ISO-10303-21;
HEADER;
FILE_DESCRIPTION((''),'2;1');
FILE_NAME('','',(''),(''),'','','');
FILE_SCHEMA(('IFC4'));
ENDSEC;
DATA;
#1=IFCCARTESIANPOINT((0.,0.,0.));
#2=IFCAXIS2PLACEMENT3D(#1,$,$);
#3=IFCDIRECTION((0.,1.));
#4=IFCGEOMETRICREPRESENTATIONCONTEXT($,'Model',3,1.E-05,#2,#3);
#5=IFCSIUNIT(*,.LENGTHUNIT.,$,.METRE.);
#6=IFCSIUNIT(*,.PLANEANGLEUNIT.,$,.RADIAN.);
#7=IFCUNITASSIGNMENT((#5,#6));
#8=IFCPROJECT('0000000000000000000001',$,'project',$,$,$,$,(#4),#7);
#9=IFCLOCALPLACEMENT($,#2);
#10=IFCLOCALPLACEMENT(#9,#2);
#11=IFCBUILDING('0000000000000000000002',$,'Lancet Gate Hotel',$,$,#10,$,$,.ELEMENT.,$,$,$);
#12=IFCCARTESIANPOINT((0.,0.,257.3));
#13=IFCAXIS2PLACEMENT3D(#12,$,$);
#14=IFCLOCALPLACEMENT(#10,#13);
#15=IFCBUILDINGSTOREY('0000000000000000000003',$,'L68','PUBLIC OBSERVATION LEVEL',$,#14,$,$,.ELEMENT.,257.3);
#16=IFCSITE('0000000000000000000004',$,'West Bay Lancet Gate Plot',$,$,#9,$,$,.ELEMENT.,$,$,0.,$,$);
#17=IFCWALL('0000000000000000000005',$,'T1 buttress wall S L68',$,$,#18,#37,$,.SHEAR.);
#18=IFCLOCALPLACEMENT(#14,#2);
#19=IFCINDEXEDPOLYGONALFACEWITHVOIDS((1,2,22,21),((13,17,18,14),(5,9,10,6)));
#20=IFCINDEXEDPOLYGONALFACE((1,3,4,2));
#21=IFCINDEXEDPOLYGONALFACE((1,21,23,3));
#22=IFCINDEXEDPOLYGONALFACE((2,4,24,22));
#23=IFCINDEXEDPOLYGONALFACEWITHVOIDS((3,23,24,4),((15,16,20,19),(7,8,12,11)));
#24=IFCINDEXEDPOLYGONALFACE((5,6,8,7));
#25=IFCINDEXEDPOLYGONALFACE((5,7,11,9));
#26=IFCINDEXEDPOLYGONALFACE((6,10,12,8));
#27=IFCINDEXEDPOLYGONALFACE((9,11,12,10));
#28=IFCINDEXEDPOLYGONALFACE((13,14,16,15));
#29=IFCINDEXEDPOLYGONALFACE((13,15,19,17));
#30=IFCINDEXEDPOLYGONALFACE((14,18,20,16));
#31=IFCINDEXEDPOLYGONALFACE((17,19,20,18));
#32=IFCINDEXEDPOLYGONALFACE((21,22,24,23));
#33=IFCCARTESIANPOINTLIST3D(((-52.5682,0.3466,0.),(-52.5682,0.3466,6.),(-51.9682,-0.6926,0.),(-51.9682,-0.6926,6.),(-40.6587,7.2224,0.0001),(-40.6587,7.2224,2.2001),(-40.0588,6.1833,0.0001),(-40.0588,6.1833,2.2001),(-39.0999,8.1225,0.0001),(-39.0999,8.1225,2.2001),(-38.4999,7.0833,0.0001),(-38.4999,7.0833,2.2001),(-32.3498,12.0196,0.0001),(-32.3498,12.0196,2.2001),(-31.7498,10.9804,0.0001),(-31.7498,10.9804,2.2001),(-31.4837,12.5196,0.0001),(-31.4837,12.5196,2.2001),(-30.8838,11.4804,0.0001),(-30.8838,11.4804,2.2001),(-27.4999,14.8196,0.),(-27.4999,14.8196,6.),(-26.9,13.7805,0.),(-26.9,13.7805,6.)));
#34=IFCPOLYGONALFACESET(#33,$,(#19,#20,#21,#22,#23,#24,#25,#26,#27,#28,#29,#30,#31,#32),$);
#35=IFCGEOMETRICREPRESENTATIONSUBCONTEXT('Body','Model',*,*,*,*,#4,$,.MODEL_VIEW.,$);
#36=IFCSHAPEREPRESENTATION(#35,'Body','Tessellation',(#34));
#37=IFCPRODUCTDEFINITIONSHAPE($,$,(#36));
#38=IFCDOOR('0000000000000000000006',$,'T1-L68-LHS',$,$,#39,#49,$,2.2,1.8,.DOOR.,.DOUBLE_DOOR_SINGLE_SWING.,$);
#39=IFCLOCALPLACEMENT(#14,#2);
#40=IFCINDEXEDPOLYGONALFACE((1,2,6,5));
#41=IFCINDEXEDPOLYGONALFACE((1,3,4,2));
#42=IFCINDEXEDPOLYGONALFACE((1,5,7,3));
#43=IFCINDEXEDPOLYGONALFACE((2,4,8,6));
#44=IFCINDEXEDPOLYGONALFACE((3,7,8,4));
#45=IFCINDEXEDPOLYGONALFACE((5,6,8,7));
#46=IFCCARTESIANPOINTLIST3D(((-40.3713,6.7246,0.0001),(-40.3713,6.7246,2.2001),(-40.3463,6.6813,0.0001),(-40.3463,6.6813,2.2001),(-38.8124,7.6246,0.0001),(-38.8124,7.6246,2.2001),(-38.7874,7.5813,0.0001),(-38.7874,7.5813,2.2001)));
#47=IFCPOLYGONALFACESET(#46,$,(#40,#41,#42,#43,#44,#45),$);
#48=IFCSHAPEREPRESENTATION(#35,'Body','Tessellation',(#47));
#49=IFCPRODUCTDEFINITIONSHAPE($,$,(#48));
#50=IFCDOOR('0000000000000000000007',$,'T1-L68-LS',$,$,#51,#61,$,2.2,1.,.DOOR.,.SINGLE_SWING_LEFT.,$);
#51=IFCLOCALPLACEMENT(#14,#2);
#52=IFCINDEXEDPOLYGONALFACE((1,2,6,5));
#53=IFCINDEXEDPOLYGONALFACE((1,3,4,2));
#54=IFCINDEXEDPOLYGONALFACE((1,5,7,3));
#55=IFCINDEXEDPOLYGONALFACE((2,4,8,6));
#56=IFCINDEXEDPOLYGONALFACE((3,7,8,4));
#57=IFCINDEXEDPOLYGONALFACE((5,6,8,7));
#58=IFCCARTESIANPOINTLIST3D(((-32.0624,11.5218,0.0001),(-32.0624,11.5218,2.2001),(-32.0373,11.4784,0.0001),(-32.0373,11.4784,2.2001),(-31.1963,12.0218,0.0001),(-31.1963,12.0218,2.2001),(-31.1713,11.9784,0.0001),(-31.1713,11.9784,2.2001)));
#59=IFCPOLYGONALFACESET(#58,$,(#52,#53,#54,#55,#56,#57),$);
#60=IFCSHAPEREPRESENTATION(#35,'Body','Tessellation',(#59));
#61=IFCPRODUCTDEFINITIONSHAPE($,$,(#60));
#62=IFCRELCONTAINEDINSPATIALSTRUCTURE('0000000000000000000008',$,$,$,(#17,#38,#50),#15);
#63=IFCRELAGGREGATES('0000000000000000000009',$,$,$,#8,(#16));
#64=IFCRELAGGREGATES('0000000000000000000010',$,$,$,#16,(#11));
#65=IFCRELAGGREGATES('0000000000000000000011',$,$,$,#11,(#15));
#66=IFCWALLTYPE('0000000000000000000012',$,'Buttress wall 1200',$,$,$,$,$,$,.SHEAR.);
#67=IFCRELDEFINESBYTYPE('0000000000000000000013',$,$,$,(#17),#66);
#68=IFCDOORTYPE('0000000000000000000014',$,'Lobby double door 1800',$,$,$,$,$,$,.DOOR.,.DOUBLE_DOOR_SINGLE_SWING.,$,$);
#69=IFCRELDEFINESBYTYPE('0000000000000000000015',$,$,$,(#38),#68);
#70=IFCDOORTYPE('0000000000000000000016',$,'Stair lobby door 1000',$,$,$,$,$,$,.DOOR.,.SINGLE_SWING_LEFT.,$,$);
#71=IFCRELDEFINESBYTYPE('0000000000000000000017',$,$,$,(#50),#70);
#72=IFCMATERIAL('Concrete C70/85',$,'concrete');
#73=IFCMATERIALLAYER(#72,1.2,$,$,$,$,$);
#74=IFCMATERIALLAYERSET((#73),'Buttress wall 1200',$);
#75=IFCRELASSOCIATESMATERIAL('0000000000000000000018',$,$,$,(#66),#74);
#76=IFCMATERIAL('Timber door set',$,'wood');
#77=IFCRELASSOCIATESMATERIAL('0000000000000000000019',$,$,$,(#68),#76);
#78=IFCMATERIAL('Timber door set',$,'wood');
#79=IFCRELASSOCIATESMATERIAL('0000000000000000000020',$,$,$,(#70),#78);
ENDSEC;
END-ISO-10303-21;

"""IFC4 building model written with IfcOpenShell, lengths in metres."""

from ifc_helpers import new_model, si_unit, direction, frame, frame_2d, origin, place, context, subcontext, project, spatial, rectangle, extrude, material, layer, layer_set, type_object, element, fill, save


model = new_model("IFC4")

# Units and contexts
model_context = context("Model", 3, precision=1e-05, world=origin(), true_north=direction((0.0, 1.0)))
body_context = subcontext(model_context, "Body", "Model", "MODEL_VIEW")
ifc_project = project(units=[si_unit("LENGTHUNIT", "METRE"), si_unit("PLANEANGLEUNIT", "RADIAN")], contexts=[model_context])

# Site, building, storey
site_placement = place(None, origin())
site = spatial("IfcSite", under=ifc_project, at=site_placement, Name="West Bay Lancet Gate Plot", CompositionType="ELEMENT", RefElevation=0.0)
building_placement = place(site_placement, origin())
building = spatial("IfcBuilding", under=site, at=building_placement, Name="Lancet Gate Hotel", CompositionType="ELEMENT")
storey_placement = place(building_placement, frame((0.0, 0.0, 257.3)))
storey = spatial("IfcBuildingStorey", under=building, at=storey_placement, Name="L68", Description="PUBLIC OBSERVATION LEVEL", CompositionType="ELEMENT", Elevation=257.3)

# Wall, openings, doors
ifc_material_1 = material(Name="Concrete C70/85", Category="concrete")
ifc_layer_1 = layer(ifc_material_1, 1.2)
ifc_layer_set_1 = layer_set([ifc_layer_1], Name="Buttress wall 1200")
wall_type = type_object("IfcWallType", Name="Buttress wall 1200", PredefinedType="SHEAR", material=ifc_layer_set_1)
wall_placement = place(storey_placement, frame((-27.2, 14.3, 0.0), z_axis=(0.0, 0.0, 1.0), x_axis=(-0.866027, -0.499998, 0.0)))
wall = element("IfcWall", 1, at=wall_placement, inside=storey, type_object=wall_type, Name="T1 buttress wall S L68", PredefinedType="SHEAR", context=body_context, shape_type="SweptSolid", body=[
    extrude(rectangle(XDim=28.9463, YDim=1.2, at=frame_2d((14.4731, 0.0))), origin(), (0.0, 0.0, 1.0), 6.0),
])
opening_1_placement = place(wall_placement, frame((4.6001, 0.0, 0.0)))
opening_1 = element("IfcOpeningElement", 2, at=opening_1_placement, cuts=wall, PredefinedType="OPENING", context=body_context, shape_type="SweptSolid", body=[
    extrude(rectangle(XDim=1.0, YDim=2.2, at=frame_2d((0.5, 1.1001))), frame((0.0, 0.6099, 0.0), z_axis=(0.0, -1.0, 0.0), x_axis=(1.0, 0.0, 0.0)), (0.0, 0.0, 1.0), 1.22),
])
opening_2_placement = place(wall_placement, frame((13.3945, 0.0, 0.0)))
opening_2 = element("IfcOpeningElement", 3, at=opening_2_placement, cuts=wall, PredefinedType="OPENING", context=body_context, shape_type="SweptSolid", body=[
    extrude(rectangle(XDim=1.8, YDim=2.2, at=frame_2d((0.8999, 1.1001))), frame((0.0, 0.6099, 0.0), z_axis=(0.0, -1.0, 0.0), x_axis=(1.0, 0.0, 0.0)), (0.0, 0.0, 1.0), 1.22),
])
ifc_material_2 = material(Name="Timber door set", Category="wood")
door_type_1 = type_object("IfcDoorType", Name="Lobby double door 1800", OperationType="DOUBLE_DOOR_SINGLE_SWING", PredefinedType="DOOR", material=ifc_material_2)
door_1_placement = place(opening_2_placement, origin())
door_1 = element("IfcDoor", 4, at=door_1_placement, inside=storey, type_object=door_type_1, Name="T1-L68-LHS", OperationType="DOUBLE_DOOR_SINGLE_SWING", OverallHeight=2.2, OverallWidth=1.8, PredefinedType="DOOR", context=body_context, shape_type="SweptSolid", body=[
    extrude(rectangle(XDim=1.8, YDim=2.2, at=frame_2d((0.8999, 1.1001))), frame((0.0, 0.0249, 0.0), z_axis=(0.0, -1.0, 0.0), x_axis=(1.0, 0.0, 0.0)), (0.0, 0.0, 1.0), 0.05),
])
fill(opening_2, door_1)
ifc_material_3 = material(Name="Timber door set", Category="wood")
door_type_2 = type_object("IfcDoorType", Name="Stair lobby door 1000", OperationType="SINGLE_SWING_LEFT", PredefinedType="DOOR", material=ifc_material_3)
door_2_placement = place(opening_1_placement, origin())
door_2 = element("IfcDoor", 5, at=door_2_placement, inside=storey, type_object=door_type_2, Name="T1-L68-LS", OperationType="SINGLE_SWING_LEFT", OverallHeight=2.2, OverallWidth=1.0, PredefinedType="DOOR", context=body_context, shape_type="SweptSolid", body=[
    extrude(rectangle(XDim=1.0, YDim=2.2, at=frame_2d((0.5, 1.1001))), frame((0.0, 0.0249, 0.0), z_axis=(0.0, -1.0, 0.0), x_axis=(1.0, 0.0, 0.0)), (0.0, 0.0, 1.0), 0.05),
])
fill(opening_1, door_2)

save(model, "model.ifc")
